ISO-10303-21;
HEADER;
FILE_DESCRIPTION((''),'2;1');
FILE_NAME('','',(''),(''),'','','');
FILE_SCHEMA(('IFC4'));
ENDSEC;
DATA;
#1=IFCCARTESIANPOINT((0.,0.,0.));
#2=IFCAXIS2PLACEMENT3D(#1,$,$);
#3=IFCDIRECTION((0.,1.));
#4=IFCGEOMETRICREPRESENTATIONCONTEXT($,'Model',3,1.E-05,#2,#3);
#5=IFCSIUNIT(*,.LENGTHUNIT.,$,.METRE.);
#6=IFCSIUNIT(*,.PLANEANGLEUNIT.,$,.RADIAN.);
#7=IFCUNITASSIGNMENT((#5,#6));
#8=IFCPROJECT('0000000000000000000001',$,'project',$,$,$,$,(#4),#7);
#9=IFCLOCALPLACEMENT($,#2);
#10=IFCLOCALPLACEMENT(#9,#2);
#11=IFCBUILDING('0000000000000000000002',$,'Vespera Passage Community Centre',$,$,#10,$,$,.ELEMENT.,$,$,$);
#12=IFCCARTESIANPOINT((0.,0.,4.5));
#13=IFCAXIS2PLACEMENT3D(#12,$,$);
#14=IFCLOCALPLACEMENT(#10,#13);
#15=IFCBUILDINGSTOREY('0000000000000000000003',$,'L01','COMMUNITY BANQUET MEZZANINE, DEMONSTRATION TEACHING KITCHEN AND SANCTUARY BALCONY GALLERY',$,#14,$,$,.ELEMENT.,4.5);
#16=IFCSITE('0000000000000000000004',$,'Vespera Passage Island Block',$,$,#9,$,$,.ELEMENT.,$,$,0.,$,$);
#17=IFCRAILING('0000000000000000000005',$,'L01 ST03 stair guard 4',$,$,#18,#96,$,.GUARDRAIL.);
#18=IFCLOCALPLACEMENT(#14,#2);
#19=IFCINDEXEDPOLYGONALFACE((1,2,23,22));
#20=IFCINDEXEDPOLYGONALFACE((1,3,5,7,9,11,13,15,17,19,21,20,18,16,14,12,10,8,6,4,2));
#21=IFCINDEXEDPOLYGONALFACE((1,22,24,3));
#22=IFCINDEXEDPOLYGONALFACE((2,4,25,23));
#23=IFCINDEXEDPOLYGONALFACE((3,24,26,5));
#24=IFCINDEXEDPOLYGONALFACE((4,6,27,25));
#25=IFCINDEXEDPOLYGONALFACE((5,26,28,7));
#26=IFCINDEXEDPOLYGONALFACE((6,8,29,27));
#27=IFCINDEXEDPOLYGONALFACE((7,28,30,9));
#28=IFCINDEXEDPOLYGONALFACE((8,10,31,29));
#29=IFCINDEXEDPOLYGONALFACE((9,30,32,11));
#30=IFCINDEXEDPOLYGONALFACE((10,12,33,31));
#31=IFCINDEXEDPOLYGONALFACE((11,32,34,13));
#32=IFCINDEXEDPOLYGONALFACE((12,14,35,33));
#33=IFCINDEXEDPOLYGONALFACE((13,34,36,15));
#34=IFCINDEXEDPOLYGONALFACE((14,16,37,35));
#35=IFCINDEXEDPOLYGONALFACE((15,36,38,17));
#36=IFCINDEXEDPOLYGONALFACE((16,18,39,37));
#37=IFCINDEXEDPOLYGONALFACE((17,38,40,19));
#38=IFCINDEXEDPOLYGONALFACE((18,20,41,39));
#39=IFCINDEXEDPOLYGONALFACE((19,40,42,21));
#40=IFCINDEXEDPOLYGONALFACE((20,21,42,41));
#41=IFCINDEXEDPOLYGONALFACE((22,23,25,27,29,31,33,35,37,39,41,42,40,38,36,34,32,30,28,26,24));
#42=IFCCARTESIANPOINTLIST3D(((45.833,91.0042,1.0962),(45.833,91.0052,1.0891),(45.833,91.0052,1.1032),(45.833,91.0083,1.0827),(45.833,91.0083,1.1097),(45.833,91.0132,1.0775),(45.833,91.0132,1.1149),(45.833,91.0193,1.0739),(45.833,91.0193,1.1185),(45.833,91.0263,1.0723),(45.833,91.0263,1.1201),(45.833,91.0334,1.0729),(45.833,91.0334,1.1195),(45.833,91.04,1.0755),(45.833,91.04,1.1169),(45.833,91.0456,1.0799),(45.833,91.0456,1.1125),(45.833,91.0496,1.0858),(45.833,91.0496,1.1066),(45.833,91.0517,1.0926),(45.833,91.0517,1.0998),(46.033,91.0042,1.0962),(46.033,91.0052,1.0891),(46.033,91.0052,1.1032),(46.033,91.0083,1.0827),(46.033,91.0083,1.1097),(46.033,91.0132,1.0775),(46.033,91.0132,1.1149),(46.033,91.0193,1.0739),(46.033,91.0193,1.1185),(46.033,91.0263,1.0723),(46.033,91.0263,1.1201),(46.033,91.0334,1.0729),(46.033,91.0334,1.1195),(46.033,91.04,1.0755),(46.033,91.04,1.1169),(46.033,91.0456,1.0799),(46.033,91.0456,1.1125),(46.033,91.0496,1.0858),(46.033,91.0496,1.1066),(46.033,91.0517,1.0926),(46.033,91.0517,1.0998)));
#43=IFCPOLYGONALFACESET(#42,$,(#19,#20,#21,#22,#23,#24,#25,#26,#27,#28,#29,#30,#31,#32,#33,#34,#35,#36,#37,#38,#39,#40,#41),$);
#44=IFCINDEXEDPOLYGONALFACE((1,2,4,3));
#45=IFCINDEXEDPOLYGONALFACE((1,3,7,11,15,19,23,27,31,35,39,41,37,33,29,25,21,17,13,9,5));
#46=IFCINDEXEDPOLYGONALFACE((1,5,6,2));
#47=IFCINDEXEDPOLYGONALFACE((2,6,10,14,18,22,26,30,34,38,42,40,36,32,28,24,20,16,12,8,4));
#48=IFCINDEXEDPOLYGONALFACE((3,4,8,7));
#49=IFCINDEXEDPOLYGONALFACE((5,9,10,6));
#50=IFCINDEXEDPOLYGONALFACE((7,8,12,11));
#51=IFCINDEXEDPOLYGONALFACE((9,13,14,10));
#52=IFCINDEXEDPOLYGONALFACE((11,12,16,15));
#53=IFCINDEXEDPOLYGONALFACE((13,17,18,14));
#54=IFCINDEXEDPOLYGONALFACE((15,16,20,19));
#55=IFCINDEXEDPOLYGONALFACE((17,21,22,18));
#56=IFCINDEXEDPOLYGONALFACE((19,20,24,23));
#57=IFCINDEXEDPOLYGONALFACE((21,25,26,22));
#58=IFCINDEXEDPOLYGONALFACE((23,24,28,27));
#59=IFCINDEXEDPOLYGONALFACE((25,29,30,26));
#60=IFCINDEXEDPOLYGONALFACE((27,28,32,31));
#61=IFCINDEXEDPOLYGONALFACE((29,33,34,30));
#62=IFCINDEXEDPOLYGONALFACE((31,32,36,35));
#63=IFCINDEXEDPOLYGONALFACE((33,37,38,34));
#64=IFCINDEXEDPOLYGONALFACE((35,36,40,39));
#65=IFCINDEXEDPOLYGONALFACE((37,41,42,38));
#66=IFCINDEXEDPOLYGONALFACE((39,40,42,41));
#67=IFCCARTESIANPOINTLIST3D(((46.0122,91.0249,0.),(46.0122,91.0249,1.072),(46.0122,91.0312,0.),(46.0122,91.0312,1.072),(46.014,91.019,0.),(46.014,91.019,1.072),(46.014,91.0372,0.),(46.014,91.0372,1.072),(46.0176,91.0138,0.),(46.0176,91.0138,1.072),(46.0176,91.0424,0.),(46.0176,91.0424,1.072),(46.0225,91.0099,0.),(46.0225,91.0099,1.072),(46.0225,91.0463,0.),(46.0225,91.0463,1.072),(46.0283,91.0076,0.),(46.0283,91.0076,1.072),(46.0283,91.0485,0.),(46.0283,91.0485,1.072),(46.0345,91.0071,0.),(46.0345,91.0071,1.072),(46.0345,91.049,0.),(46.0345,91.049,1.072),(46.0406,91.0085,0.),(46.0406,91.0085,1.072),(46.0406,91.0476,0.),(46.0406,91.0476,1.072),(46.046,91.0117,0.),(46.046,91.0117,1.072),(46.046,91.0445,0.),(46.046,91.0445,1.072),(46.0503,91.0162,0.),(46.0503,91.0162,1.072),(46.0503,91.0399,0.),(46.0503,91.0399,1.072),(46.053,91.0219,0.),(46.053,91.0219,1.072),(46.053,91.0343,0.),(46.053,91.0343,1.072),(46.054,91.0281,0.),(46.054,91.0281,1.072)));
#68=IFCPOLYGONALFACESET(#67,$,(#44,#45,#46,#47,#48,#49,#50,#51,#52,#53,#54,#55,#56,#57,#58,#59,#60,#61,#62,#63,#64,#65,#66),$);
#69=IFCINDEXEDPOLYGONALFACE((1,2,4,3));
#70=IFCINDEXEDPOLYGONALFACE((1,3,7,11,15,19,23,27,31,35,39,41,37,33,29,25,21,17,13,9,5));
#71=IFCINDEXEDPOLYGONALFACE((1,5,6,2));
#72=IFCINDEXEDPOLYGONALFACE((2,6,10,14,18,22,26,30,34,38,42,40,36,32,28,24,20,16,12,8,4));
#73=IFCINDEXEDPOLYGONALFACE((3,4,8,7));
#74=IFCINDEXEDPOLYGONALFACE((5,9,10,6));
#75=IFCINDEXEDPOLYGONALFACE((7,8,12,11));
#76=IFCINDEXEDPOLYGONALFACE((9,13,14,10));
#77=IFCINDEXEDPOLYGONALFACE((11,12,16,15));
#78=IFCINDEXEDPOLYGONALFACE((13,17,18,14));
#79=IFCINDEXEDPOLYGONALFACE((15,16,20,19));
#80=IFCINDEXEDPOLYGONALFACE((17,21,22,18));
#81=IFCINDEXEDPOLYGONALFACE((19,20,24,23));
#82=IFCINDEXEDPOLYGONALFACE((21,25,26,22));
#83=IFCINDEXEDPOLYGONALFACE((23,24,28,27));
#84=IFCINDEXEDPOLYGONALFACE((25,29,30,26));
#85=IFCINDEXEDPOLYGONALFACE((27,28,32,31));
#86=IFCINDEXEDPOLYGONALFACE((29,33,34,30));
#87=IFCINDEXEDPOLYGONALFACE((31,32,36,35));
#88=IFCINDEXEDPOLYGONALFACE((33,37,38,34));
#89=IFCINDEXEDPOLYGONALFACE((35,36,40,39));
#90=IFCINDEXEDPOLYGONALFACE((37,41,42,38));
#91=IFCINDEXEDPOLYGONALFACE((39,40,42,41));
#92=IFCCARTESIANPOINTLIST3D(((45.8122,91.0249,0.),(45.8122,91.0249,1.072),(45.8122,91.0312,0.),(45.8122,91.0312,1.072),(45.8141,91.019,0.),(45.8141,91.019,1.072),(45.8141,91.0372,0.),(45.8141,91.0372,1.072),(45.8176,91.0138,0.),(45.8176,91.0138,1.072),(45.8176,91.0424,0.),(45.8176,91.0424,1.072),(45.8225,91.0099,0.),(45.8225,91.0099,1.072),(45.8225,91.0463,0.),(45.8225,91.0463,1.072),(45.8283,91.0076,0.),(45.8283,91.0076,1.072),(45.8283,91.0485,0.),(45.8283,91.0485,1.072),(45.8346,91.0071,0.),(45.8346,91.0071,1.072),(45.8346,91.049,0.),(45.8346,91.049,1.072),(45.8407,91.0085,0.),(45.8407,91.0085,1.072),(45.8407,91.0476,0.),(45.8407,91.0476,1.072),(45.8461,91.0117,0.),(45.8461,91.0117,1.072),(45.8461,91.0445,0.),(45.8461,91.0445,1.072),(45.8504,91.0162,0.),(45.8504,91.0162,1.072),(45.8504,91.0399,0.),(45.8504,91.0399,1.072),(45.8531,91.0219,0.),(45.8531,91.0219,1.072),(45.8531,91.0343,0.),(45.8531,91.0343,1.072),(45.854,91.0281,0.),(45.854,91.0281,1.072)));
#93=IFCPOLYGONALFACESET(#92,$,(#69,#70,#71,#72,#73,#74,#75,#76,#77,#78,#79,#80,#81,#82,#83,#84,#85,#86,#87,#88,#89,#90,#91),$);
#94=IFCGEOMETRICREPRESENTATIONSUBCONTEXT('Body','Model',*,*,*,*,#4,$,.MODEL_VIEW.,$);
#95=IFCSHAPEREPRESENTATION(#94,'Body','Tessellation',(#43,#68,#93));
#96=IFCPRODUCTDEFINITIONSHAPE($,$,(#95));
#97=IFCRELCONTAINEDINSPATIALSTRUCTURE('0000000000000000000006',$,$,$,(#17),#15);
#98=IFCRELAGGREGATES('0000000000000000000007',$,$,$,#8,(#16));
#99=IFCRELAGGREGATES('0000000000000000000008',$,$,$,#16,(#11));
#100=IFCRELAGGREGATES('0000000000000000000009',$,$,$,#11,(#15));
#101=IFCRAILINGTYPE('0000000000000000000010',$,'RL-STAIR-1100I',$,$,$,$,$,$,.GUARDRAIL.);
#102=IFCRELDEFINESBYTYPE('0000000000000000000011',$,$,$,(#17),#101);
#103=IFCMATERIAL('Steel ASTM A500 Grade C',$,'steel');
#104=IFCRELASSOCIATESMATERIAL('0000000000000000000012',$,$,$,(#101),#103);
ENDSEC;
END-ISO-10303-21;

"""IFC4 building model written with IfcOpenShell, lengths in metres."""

from ifc_helpers import new_model, si_unit, direction, frame, origin, origin_2d, place, context, subcontext, project, spatial, circle, extrude, material, type_object, element, save


model = new_model("IFC4")

# Units and contexts
model_context = context("Model", 3, precision=1e-05, world=origin(), true_north=direction((0.0, 1.0)))
body_context = subcontext(model_context, "Body", "Model", "MODEL_VIEW")
ifc_project = project(units=[si_unit("LENGTHUNIT", "METRE"), si_unit("PLANEANGLEUNIT", "RADIAN")], contexts=[model_context])

# Site, building, storey
site_placement = place(None, origin())
site = spatial("IfcSite", under=ifc_project, at=site_placement, Name="Vespera Passage Island Block", CompositionType="ELEMENT", RefElevation=0.0)
building_placement = place(site_placement, origin())
building = spatial("IfcBuilding", under=site, at=building_placement, Name="Vespera Passage Community Centre", CompositionType="ELEMENT")
storey_placement = place(building_placement, frame((0.0, 0.0, 4.5)))
storey = spatial("IfcBuildingStorey", under=building, at=storey_placement, Name="L01", Description="COMMUNITY BANQUET MEZZANINE, DEMONSTRATION TEACHING KITCHEN AND SANCTUARY BALCONY GALLERY", CompositionType="ELEMENT", Elevation=4.5)

# Railing
ifc_material_1 = material(Name="Steel ASTM A500 Grade C", Category="steel")
railing_type_1 = type_object("IfcRailingType", Name="RL-STAIR-1100I", PredefinedType="GUARDRAIL", material=ifc_material_1)
railing_1_placement = place(storey_placement, frame((46.033, 91.0281, 0.0)))
element("IfcRailing", 1, at=railing_1_placement, inside=storey, type_object=railing_type_1, Name="L01 ST03 stair guard 4", PredefinedType="GUARDRAIL", context=body_context, shape_type="SweptSolid", body=[
    extrude(circle(Radius=0.0239, at=origin_2d()), frame((0.0, 0.0, 1.0962), z_axis=(-1.0, 0.0, 0.0), x_axis=(0.0, -1.0, 0.0)), (0.0, 0.0, 1.0), 0.2),
    extrude(circle(Radius=0.021, at=origin_2d()), origin(), (0.0, 0.0, 1.0), 1.072),
    extrude(circle(Radius=0.021, at=origin_2d()), frame((-0.2, 0.0, 0.0)), (0.0, 0.0, 1.0), 1.072),
])

save(model, "model.ifc")
